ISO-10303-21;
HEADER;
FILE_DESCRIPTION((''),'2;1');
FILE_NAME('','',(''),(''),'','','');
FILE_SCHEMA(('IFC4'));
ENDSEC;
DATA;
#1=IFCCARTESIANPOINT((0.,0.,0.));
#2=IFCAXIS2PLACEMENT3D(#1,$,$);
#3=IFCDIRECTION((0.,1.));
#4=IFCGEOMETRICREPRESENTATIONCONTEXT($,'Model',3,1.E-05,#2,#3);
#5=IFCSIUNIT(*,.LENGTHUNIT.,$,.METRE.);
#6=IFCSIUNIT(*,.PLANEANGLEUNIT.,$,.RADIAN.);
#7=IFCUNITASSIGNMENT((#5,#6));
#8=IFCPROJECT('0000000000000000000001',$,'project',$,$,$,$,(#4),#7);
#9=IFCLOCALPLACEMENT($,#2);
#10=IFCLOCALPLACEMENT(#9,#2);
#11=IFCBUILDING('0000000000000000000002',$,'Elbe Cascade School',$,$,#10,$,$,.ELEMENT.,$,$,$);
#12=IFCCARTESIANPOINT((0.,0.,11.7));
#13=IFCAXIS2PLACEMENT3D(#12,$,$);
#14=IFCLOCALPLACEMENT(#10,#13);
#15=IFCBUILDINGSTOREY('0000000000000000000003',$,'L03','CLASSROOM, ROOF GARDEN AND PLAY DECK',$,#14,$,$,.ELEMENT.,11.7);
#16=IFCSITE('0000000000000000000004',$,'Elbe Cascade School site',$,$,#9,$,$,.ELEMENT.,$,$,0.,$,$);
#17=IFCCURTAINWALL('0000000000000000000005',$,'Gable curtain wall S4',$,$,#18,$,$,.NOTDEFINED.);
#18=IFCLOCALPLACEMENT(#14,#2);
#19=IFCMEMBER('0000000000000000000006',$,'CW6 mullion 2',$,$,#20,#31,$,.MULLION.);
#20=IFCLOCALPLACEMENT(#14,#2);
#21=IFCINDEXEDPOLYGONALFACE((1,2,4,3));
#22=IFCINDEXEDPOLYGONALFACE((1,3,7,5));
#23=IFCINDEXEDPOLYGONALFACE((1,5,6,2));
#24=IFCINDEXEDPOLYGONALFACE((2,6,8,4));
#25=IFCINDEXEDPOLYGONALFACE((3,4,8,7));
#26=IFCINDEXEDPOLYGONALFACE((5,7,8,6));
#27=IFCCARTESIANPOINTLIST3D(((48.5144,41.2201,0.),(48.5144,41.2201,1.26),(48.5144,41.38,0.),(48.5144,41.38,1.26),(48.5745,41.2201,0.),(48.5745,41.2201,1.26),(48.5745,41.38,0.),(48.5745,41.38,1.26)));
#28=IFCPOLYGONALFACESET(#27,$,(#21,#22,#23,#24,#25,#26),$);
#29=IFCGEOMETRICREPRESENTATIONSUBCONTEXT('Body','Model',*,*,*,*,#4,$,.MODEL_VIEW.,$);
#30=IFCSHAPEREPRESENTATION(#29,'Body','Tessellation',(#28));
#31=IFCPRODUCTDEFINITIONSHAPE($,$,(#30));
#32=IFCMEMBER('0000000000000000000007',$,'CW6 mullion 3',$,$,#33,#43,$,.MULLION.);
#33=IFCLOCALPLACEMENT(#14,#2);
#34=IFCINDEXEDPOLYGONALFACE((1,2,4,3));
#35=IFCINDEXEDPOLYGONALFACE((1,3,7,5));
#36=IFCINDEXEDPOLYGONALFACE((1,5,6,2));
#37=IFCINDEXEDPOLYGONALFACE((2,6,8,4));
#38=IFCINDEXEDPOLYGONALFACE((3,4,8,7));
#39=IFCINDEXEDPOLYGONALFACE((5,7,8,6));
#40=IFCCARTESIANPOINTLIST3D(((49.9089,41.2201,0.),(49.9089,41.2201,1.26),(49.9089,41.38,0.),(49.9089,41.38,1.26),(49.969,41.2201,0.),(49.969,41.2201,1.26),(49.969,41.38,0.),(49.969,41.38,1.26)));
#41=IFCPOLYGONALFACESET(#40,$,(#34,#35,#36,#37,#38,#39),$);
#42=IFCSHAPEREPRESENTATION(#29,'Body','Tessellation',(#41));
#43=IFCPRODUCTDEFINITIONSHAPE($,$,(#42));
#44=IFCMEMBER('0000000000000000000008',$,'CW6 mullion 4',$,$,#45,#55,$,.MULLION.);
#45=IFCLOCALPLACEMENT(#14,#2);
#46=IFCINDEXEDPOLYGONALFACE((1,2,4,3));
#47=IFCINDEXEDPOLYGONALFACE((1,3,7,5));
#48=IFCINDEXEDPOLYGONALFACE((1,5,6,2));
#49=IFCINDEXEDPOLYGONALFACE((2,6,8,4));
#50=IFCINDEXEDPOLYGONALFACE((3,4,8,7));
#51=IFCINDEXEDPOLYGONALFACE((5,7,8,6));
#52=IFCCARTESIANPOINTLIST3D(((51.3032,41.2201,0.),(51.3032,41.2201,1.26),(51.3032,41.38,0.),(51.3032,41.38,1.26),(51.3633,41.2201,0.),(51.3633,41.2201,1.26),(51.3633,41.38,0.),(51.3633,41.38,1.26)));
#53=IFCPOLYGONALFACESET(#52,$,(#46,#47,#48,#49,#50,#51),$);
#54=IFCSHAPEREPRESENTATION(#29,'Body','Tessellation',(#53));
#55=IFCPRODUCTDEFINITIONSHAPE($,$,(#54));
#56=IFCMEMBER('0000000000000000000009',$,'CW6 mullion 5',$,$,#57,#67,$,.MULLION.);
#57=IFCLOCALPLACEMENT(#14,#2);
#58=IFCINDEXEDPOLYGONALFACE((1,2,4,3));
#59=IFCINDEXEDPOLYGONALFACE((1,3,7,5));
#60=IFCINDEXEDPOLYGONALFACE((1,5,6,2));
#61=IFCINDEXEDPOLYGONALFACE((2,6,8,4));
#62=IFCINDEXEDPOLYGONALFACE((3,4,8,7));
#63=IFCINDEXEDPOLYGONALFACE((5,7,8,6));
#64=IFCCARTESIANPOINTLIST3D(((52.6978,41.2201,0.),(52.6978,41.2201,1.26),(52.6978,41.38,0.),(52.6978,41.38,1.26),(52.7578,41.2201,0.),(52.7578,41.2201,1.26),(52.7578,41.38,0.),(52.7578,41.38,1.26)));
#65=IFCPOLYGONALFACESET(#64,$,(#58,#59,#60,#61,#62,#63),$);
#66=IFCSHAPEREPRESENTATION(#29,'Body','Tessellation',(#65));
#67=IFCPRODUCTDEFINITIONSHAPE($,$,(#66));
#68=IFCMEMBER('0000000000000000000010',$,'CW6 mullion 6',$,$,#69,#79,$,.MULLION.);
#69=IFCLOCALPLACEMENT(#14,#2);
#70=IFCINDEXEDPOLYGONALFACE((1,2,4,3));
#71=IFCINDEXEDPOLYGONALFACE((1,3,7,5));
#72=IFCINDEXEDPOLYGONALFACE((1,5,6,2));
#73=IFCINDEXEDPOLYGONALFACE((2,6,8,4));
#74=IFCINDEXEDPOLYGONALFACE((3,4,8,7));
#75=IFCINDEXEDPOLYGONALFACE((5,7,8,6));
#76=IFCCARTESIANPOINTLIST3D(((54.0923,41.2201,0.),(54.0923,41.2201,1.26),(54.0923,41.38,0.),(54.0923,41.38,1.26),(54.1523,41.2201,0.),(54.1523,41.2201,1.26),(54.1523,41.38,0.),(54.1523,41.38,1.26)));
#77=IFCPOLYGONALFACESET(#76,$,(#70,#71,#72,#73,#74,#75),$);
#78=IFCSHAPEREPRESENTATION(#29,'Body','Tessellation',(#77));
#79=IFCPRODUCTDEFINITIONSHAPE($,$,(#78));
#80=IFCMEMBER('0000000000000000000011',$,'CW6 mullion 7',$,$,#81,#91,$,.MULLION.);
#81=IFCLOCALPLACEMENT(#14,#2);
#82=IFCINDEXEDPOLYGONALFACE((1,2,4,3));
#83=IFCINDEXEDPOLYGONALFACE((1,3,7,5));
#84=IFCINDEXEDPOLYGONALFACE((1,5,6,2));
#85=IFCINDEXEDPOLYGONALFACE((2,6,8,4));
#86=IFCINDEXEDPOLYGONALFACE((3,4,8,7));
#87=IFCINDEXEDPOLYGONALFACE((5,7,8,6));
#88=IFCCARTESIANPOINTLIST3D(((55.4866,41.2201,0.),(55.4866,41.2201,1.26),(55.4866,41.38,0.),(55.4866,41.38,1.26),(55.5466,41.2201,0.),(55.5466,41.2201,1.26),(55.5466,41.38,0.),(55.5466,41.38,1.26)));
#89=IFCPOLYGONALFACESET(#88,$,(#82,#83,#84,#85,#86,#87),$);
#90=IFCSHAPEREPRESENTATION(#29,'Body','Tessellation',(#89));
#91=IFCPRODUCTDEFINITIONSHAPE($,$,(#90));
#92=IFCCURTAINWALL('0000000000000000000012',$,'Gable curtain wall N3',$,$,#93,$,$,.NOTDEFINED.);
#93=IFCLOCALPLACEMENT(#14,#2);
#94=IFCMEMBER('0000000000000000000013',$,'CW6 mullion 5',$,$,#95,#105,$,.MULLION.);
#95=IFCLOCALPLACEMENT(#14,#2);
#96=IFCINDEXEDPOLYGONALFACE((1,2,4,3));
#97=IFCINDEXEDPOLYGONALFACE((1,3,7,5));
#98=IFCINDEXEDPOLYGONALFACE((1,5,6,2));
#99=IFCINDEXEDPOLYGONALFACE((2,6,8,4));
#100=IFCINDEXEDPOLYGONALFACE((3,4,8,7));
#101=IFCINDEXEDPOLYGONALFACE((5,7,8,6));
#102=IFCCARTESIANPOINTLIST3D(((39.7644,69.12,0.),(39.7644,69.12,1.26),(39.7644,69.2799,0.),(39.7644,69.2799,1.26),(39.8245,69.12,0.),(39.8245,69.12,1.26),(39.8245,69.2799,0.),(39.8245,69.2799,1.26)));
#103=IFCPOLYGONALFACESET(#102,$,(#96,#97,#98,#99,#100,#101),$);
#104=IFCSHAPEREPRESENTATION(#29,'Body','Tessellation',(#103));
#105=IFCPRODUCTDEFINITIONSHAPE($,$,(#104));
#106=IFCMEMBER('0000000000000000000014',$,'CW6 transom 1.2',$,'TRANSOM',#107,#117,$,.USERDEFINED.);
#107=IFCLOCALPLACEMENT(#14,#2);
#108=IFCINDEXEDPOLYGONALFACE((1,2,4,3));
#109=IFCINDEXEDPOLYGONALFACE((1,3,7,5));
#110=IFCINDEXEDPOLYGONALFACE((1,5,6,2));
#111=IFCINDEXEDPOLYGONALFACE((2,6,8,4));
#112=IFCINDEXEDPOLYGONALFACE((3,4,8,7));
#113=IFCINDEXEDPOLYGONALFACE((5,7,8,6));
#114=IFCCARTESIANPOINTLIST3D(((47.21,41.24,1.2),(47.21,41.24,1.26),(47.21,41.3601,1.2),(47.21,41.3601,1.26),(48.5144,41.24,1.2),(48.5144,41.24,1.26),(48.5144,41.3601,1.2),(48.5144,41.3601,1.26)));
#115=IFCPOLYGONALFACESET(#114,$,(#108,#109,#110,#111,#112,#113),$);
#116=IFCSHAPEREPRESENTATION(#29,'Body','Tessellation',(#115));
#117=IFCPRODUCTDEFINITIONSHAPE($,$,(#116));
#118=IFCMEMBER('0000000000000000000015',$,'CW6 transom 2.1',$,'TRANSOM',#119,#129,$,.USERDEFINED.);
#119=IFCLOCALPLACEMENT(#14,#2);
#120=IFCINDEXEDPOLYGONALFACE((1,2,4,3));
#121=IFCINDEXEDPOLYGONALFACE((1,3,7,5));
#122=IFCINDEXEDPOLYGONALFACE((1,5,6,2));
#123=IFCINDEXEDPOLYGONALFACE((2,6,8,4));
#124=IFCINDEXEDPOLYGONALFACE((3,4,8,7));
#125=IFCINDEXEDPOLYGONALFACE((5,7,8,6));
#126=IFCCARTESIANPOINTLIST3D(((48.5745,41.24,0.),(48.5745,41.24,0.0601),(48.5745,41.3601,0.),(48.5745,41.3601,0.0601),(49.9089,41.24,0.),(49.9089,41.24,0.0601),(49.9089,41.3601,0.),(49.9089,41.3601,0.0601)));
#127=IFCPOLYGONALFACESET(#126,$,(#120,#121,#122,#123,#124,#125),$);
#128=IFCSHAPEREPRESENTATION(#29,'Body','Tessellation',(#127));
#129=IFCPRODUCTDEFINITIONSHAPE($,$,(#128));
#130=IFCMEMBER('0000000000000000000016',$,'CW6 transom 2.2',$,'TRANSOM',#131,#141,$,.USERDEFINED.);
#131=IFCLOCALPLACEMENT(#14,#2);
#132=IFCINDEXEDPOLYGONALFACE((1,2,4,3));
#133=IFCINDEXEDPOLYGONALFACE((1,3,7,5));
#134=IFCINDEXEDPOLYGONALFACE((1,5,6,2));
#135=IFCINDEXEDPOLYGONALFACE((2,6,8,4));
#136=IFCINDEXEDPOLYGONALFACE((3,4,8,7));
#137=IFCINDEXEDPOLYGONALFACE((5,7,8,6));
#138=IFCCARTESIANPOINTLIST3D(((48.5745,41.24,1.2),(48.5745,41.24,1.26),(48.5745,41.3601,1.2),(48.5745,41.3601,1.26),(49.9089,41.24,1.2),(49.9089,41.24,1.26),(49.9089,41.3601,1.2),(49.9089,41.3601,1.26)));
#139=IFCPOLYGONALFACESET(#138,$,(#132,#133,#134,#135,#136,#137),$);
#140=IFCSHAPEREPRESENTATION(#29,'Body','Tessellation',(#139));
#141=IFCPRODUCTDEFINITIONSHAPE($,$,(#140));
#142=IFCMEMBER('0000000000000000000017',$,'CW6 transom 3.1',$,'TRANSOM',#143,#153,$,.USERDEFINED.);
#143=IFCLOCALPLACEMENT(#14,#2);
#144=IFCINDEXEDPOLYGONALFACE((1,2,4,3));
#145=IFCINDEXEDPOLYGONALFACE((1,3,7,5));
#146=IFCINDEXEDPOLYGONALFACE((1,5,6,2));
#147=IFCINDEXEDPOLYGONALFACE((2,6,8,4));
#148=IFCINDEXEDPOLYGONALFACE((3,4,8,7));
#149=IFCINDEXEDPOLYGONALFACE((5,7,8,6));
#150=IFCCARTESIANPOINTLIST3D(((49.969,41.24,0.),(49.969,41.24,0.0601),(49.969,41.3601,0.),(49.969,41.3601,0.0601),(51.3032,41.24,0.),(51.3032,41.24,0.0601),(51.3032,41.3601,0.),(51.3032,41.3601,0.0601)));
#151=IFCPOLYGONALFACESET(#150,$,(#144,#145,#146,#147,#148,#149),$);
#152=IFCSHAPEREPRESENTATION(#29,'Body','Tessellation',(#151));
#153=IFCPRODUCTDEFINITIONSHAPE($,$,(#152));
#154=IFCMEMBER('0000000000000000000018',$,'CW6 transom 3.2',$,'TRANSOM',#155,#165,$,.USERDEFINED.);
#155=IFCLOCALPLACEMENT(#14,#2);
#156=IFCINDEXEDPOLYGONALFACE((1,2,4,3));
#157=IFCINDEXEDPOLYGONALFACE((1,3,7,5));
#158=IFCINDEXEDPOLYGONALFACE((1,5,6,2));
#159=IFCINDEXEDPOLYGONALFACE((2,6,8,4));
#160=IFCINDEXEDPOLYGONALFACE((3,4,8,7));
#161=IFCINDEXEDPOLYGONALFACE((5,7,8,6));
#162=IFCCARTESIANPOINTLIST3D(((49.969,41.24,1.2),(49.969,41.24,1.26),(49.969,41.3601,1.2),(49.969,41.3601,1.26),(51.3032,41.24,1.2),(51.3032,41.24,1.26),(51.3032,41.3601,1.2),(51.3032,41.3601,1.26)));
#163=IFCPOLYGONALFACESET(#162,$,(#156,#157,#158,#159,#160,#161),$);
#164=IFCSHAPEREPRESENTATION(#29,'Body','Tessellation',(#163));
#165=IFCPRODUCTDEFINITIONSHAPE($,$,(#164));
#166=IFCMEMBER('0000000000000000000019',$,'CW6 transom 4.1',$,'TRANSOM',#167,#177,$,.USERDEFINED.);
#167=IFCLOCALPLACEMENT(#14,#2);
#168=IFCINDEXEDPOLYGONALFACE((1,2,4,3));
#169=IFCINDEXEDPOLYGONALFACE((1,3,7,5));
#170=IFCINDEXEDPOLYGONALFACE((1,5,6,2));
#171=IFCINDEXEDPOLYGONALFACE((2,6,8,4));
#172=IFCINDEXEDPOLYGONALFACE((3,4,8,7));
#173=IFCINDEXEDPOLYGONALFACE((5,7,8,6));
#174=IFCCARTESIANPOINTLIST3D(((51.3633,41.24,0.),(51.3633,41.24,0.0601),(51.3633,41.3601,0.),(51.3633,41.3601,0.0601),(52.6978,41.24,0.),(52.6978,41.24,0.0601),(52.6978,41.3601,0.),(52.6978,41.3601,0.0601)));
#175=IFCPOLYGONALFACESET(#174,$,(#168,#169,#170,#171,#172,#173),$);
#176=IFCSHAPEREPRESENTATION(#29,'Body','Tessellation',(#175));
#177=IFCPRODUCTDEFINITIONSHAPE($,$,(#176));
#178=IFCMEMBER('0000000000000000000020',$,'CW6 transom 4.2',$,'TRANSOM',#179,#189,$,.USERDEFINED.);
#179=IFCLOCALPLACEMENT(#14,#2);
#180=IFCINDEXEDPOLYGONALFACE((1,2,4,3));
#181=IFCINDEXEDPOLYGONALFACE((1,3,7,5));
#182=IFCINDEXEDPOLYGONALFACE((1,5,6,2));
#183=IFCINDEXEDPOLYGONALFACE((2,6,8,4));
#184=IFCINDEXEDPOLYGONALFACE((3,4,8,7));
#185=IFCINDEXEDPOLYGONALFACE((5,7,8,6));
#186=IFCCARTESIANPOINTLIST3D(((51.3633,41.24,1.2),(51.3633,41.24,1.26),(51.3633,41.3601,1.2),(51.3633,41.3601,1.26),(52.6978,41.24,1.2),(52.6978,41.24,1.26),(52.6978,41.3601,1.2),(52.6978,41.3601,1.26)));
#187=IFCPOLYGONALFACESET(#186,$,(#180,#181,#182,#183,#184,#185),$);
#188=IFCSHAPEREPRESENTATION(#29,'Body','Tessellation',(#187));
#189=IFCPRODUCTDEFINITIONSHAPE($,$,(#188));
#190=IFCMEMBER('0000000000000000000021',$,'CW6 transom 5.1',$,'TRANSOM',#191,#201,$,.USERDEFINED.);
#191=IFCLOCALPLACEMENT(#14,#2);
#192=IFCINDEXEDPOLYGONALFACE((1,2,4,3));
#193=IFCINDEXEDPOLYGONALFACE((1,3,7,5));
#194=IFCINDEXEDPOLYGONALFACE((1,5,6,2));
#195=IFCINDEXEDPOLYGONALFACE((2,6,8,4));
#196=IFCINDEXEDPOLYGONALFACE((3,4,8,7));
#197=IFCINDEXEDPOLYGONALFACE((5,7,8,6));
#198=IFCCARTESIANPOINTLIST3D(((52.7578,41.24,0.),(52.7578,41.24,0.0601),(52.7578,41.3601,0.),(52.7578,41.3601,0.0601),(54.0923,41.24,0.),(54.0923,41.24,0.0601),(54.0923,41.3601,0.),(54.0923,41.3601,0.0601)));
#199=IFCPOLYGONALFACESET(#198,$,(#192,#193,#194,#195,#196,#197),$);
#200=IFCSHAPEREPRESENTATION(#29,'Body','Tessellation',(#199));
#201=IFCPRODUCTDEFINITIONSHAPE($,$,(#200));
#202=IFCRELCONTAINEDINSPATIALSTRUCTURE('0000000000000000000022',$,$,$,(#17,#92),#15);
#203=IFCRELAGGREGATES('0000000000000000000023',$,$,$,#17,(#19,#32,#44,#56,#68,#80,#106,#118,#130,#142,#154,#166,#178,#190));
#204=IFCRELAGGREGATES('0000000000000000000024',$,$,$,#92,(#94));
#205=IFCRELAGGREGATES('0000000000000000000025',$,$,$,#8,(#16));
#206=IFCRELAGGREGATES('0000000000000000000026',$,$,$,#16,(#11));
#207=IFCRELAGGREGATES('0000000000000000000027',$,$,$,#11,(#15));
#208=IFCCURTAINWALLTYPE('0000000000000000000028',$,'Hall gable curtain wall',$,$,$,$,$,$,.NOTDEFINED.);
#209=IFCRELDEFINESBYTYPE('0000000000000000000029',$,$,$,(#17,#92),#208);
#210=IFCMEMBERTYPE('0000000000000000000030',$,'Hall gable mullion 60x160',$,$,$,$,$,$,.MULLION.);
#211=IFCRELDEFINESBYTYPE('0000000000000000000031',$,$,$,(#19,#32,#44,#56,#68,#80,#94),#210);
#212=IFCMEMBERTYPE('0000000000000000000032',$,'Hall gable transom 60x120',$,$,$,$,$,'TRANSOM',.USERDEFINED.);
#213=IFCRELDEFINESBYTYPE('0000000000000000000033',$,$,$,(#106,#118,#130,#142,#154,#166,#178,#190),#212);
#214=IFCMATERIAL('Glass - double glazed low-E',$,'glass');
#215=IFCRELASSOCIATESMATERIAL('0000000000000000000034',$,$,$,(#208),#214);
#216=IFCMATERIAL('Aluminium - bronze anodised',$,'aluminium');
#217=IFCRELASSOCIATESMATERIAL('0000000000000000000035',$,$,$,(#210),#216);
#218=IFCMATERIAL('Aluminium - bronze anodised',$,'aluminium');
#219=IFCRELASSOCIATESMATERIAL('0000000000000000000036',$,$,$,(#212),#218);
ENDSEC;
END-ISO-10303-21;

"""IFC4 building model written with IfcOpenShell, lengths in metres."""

from ifc_helpers import new_model, si_unit, direction, frame, origin, origin_2d, place, context, subcontext, project, spatial, rectangle, extrude, material, material_profile, profile_set, type_object, element, aggregate, save


model = new_model("IFC4")

# Units and contexts
model_context = context("Model", 3, precision=1e-05, world=origin(), true_north=direction((0.0, 1.0)))
body_context = subcontext(model_context, "Body", "Model", "MODEL_VIEW")
ifc_project = project(units=[si_unit("LENGTHUNIT", "METRE"), si_unit("PLANEANGLEUNIT", "RADIAN")], contexts=[model_context])

# Site, building, storey
site_placement = place(None, origin())
site = spatial("IfcSite", under=ifc_project, at=site_placement, Name="Elbe Cascade School site", CompositionType="ELEMENT", RefElevation=0.0)
building_placement = place(site_placement, origin())
building = spatial("IfcBuilding", under=site, at=building_placement, Name="Elbe Cascade School", CompositionType="ELEMENT")
storey_placement = place(building_placement, frame((0.0, 0.0, 11.7)))
storey = spatial("IfcBuildingStorey", under=building, at=storey_placement, Name="L03", Description="CLASSROOM, ROOF GARDEN AND PLAY DECK", CompositionType="ELEMENT", Elevation=11.7)

# Curtain wall, members
ifc_material_1 = material(Name="Glass - double glazed low-E", Category="glass")
curtain_wall_type = type_object("IfcCurtainWallType", Name="Hall gable curtain wall", PredefinedType="NOTDEFINED", material=ifc_material_1)
curtain_wall_1_placement = place(storey_placement, origin())
curtain_wall_1 = element("IfcCurtainWall", 1, at=curtain_wall_1_placement, inside=storey, type_object=curtain_wall_type, Name="Gable curtain wall S4", PredefinedType="NOTDEFINED")
ifc_material_2 = material(Name="Aluminium - bronze anodised", Category="aluminium")
ifc_material_profile_1 = material_profile(ifc_material_2, rectangle(XDim=0.1599, YDim=0.0601, at=origin_2d()), Name="Alu 60x160")
ifc_profile_set_1 = profile_set([ifc_material_profile_1], Name="Aluminium - bronze anodised")
member_type_1 = type_object("IfcMemberType", Name="Hall gable mullion 60x160", PredefinedType="MULLION", material=ifc_profile_set_1)
member_1_placement = place(storey_placement, frame((48.5444, 41.3, 0.0), z_axis=(0.0, 0.0, 1.0), x_axis=(0.0, 1.0, 0.0)))
member_1 = element("IfcMember", 2, at=member_1_placement, type_object=member_type_1, Name="CW6 mullion 2", PredefinedType="MULLION", context=body_context, shape_type="SweptSolid", body=[
    extrude(rectangle(XDim=0.1599, YDim=0.0601, at=origin_2d()), origin(), (0.0, 0.0, 1.0), 1.26),
])
member_2_placement = place(storey_placement, frame((49.939, 41.3, 0.0), z_axis=(0.0, 0.0, 1.0), x_axis=(0.0, 1.0, 0.0)))
member_2 = element("IfcMember", 3, at=member_2_placement, type_object=member_type_1, Name="CW6 mullion 3", PredefinedType="MULLION", context=body_context, shape_type="SweptSolid", body=[
    extrude(rectangle(XDim=0.1599, YDim=0.0601, at=origin_2d()), origin(), (0.0, 0.0, 1.0), 1.26),
])
member_3_placement = place(storey_placement, frame((51.3333, 41.3, 0.0), z_axis=(0.0, 0.0, 1.0), x_axis=(0.0, 1.0, 0.0)))
member_3 = element("IfcMember", 4, at=member_3_placement, type_object=member_type_1, Name="CW6 mullion 4", PredefinedType="MULLION", context=body_context, shape_type="SweptSolid", body=[
    extrude(rectangle(XDim=0.1599, YDim=0.0601, at=origin_2d()), origin(), (0.0, 0.0, 1.0), 1.26),
])
member_4_placement = place(storey_placement, frame((52.7278, 41.3, 0.0), z_axis=(0.0, 0.0, 1.0), x_axis=(0.0, 1.0, 0.0)))
member_4 = element("IfcMember", 5, at=member_4_placement, type_object=member_type_1, Name="CW6 mullion 5", PredefinedType="MULLION", context=body_context, shape_type="SweptSolid", body=[
    extrude(rectangle(XDim=0.1599, YDim=0.0601, at=origin_2d()), origin(), (0.0, 0.0, 1.0), 1.26),
])
member_5_placement = place(storey_placement, frame((54.1223, 41.3, 0.0), z_axis=(0.0, 0.0, 1.0), x_axis=(0.0, 1.0, 0.0)))
member_5 = element("IfcMember", 6, at=member_5_placement, type_object=member_type_1, Name="CW6 mullion 6", PredefinedType="MULLION", context=body_context, shape_type="SweptSolid", body=[
    extrude(rectangle(XDim=0.1599, YDim=0.0601, at=origin_2d()), origin(), (0.0, 0.0, 1.0), 1.26),
])
member_6_placement = place(storey_placement, frame((55.5166, 41.3, 0.0), z_axis=(0.0, 0.0, 1.0), x_axis=(0.0, 1.0, 0.0)))
member_6 = element("IfcMember", 7, at=member_6_placement, type_object=member_type_1, Name="CW6 mullion 7", PredefinedType="MULLION", context=body_context, shape_type="SweptSolid", body=[
    extrude(rectangle(XDim=0.1599, YDim=0.0601, at=origin_2d()), origin(), (0.0, 0.0, 1.0), 1.26),
])

# Curtain wall, member
curtain_wall_2_placement = place(storey_placement, origin())
curtain_wall_2 = element("IfcCurtainWall", 8, at=curtain_wall_2_placement, inside=storey, type_object=curtain_wall_type, Name="Gable curtain wall N3", PredefinedType="NOTDEFINED")
member_7_placement = place(storey_placement, frame((39.7944, 69.2, 0.0), z_axis=(0.0, 0.0, 1.0), x_axis=(0.0, 1.0, 0.0)))
member_7 = element("IfcMember", 9, at=member_7_placement, type_object=member_type_1, Name="CW6 mullion 5", PredefinedType="MULLION", context=body_context, shape_type="SweptSolid", body=[
    extrude(rectangle(XDim=0.1599, YDim=0.0601, at=origin_2d()), origin(), (0.0, 0.0, 1.0), 1.26),
])

# Members
ifc_material_3 = material(Name="Aluminium - bronze anodised", Category="aluminium")
ifc_material_profile_2 = material_profile(ifc_material_3, rectangle(XDim=0.1201, YDim=0.0601, at=origin_2d()), Name="Alu 60x120")
ifc_profile_set_2 = profile_set([ifc_material_profile_2], Name="Aluminium - bronze anodised")
member_type_2 = type_object("IfcMemberType", Name="Hall gable transom 60x120", ElementType="TRANSOM", PredefinedType="USERDEFINED", material=ifc_profile_set_2)
member_8_placement = place(storey_placement, frame((47.21, 41.3, 1.23), z_axis=(1.0, 0.0, 0.0), x_axis=(0.0, 1.0, 0.0)))
member_8 = element("IfcMember", 10, at=member_8_placement, type_object=member_type_2, Name="CW6 transom 1.2", ObjectType="TRANSOM", PredefinedType="USERDEFINED", context=body_context, shape_type="SweptSolid", body=[
    extrude(rectangle(XDim=0.1201, YDim=0.0601, at=origin_2d()), origin(), (0.0, 0.0, 1.0), 1.3044),
])
member_9_placement = place(storey_placement, frame((48.5745, 41.3, 0.03), z_axis=(1.0, 0.0, 0.0), x_axis=(0.0, 1.0, 0.0)))
member_9 = element("IfcMember", 11, at=member_9_placement, type_object=member_type_2, Name="CW6 transom 2.1", ObjectType="TRANSOM", PredefinedType="USERDEFINED", context=body_context, shape_type="SweptSolid", body=[
    extrude(rectangle(XDim=0.1201, YDim=0.0601, at=origin_2d()), origin(), (0.0, 0.0, 1.0), 1.3345),
])
member_10_placement = place(storey_placement, frame((48.5745, 41.3, 1.23), z_axis=(1.0, 0.0, 0.0), x_axis=(0.0, 1.0, 0.0)))
member_10 = element("IfcMember", 12, at=member_10_placement, type_object=member_type_2, Name="CW6 transom 2.2", ObjectType="TRANSOM", PredefinedType="USERDEFINED", context=body_context, shape_type="SweptSolid", body=[
    extrude(rectangle(XDim=0.1201, YDim=0.0601, at=origin_2d()), origin(), (0.0, 0.0, 1.0), 1.3345),
])
member_11_placement = place(storey_placement, frame((49.969, 41.3, 0.03), z_axis=(1.0, 0.0, 0.0), x_axis=(0.0, 1.0, 0.0)))
member_11 = element("IfcMember", 13, at=member_11_placement, type_object=member_type_2, Name="CW6 transom 3.1", ObjectType="TRANSOM", PredefinedType="USERDEFINED", context=body_context, shape_type="SweptSolid", body=[
    extrude(rectangle(XDim=0.1201, YDim=0.0601, at=origin_2d()), origin(), (0.0, 0.0, 1.0), 1.3342),
])
member_12_placement = place(storey_placement, frame((49.969, 41.3, 1.23), z_axis=(1.0, 0.0, 0.0), x_axis=(0.0, 1.0, 0.0)))
member_12 = element("IfcMember", 14, at=member_12_placement, type_object=member_type_2, Name="CW6 transom 3.2", ObjectType="TRANSOM", PredefinedType="USERDEFINED", context=body_context, shape_type="SweptSolid", body=[
    extrude(rectangle(XDim=0.1201, YDim=0.0601, at=origin_2d()), origin(), (0.0, 0.0, 1.0), 1.3342),
])
member_13_placement = place(storey_placement, frame((51.3633, 41.3, 0.03), z_axis=(1.0, 0.0, 0.0), x_axis=(0.0, 1.0, 0.0)))
member_13 = element("IfcMember", 15, at=member_13_placement, type_object=member_type_2, Name="CW6 transom 4.1", ObjectType="TRANSOM", PredefinedType="USERDEFINED", context=body_context, shape_type="SweptSolid", body=[
    extrude(rectangle(XDim=0.1201, YDim=0.0601, at=origin_2d()), origin(), (0.0, 0.0, 1.0), 1.3345),
])
member_14_placement = place(storey_placement, frame((51.3633, 41.3, 1.23), z_axis=(1.0, 0.0, 0.0), x_axis=(0.0, 1.0, 0.0)))
member_14 = element("IfcMember", 16, at=member_14_placement, type_object=member_type_2, Name="CW6 transom 4.2", ObjectType="TRANSOM", PredefinedType="USERDEFINED", context=body_context, shape_type="SweptSolid", body=[
    extrude(rectangle(XDim=0.1201, YDim=0.0601, at=origin_2d()), origin(), (0.0, 0.0, 1.0), 1.3345),
])
member_15_placement = place(storey_placement, frame((52.7578, 41.3, 0.03), z_axis=(1.0, 0.0, 0.0), x_axis=(0.0, 1.0, 0.0)))
member_15 = element("IfcMember", 17, at=member_15_placement, type_object=member_type_2, Name="CW6 transom 5.1", ObjectType="TRANSOM", PredefinedType="USERDEFINED", context=body_context, shape_type="SweptSolid", body=[
    extrude(rectangle(XDim=0.1201, YDim=0.0601, at=origin_2d()), origin(), (0.0, 0.0, 1.0), 1.3345),
])

aggregate(curtain_wall_1, [member_1, member_2, member_3, member_4, member_5, member_6, member_8, member_9, member_10, member_11, member_12, member_13, member_14, member_15])
aggregate(curtain_wall_2, [member_7])

save(model, "model.ifc")
